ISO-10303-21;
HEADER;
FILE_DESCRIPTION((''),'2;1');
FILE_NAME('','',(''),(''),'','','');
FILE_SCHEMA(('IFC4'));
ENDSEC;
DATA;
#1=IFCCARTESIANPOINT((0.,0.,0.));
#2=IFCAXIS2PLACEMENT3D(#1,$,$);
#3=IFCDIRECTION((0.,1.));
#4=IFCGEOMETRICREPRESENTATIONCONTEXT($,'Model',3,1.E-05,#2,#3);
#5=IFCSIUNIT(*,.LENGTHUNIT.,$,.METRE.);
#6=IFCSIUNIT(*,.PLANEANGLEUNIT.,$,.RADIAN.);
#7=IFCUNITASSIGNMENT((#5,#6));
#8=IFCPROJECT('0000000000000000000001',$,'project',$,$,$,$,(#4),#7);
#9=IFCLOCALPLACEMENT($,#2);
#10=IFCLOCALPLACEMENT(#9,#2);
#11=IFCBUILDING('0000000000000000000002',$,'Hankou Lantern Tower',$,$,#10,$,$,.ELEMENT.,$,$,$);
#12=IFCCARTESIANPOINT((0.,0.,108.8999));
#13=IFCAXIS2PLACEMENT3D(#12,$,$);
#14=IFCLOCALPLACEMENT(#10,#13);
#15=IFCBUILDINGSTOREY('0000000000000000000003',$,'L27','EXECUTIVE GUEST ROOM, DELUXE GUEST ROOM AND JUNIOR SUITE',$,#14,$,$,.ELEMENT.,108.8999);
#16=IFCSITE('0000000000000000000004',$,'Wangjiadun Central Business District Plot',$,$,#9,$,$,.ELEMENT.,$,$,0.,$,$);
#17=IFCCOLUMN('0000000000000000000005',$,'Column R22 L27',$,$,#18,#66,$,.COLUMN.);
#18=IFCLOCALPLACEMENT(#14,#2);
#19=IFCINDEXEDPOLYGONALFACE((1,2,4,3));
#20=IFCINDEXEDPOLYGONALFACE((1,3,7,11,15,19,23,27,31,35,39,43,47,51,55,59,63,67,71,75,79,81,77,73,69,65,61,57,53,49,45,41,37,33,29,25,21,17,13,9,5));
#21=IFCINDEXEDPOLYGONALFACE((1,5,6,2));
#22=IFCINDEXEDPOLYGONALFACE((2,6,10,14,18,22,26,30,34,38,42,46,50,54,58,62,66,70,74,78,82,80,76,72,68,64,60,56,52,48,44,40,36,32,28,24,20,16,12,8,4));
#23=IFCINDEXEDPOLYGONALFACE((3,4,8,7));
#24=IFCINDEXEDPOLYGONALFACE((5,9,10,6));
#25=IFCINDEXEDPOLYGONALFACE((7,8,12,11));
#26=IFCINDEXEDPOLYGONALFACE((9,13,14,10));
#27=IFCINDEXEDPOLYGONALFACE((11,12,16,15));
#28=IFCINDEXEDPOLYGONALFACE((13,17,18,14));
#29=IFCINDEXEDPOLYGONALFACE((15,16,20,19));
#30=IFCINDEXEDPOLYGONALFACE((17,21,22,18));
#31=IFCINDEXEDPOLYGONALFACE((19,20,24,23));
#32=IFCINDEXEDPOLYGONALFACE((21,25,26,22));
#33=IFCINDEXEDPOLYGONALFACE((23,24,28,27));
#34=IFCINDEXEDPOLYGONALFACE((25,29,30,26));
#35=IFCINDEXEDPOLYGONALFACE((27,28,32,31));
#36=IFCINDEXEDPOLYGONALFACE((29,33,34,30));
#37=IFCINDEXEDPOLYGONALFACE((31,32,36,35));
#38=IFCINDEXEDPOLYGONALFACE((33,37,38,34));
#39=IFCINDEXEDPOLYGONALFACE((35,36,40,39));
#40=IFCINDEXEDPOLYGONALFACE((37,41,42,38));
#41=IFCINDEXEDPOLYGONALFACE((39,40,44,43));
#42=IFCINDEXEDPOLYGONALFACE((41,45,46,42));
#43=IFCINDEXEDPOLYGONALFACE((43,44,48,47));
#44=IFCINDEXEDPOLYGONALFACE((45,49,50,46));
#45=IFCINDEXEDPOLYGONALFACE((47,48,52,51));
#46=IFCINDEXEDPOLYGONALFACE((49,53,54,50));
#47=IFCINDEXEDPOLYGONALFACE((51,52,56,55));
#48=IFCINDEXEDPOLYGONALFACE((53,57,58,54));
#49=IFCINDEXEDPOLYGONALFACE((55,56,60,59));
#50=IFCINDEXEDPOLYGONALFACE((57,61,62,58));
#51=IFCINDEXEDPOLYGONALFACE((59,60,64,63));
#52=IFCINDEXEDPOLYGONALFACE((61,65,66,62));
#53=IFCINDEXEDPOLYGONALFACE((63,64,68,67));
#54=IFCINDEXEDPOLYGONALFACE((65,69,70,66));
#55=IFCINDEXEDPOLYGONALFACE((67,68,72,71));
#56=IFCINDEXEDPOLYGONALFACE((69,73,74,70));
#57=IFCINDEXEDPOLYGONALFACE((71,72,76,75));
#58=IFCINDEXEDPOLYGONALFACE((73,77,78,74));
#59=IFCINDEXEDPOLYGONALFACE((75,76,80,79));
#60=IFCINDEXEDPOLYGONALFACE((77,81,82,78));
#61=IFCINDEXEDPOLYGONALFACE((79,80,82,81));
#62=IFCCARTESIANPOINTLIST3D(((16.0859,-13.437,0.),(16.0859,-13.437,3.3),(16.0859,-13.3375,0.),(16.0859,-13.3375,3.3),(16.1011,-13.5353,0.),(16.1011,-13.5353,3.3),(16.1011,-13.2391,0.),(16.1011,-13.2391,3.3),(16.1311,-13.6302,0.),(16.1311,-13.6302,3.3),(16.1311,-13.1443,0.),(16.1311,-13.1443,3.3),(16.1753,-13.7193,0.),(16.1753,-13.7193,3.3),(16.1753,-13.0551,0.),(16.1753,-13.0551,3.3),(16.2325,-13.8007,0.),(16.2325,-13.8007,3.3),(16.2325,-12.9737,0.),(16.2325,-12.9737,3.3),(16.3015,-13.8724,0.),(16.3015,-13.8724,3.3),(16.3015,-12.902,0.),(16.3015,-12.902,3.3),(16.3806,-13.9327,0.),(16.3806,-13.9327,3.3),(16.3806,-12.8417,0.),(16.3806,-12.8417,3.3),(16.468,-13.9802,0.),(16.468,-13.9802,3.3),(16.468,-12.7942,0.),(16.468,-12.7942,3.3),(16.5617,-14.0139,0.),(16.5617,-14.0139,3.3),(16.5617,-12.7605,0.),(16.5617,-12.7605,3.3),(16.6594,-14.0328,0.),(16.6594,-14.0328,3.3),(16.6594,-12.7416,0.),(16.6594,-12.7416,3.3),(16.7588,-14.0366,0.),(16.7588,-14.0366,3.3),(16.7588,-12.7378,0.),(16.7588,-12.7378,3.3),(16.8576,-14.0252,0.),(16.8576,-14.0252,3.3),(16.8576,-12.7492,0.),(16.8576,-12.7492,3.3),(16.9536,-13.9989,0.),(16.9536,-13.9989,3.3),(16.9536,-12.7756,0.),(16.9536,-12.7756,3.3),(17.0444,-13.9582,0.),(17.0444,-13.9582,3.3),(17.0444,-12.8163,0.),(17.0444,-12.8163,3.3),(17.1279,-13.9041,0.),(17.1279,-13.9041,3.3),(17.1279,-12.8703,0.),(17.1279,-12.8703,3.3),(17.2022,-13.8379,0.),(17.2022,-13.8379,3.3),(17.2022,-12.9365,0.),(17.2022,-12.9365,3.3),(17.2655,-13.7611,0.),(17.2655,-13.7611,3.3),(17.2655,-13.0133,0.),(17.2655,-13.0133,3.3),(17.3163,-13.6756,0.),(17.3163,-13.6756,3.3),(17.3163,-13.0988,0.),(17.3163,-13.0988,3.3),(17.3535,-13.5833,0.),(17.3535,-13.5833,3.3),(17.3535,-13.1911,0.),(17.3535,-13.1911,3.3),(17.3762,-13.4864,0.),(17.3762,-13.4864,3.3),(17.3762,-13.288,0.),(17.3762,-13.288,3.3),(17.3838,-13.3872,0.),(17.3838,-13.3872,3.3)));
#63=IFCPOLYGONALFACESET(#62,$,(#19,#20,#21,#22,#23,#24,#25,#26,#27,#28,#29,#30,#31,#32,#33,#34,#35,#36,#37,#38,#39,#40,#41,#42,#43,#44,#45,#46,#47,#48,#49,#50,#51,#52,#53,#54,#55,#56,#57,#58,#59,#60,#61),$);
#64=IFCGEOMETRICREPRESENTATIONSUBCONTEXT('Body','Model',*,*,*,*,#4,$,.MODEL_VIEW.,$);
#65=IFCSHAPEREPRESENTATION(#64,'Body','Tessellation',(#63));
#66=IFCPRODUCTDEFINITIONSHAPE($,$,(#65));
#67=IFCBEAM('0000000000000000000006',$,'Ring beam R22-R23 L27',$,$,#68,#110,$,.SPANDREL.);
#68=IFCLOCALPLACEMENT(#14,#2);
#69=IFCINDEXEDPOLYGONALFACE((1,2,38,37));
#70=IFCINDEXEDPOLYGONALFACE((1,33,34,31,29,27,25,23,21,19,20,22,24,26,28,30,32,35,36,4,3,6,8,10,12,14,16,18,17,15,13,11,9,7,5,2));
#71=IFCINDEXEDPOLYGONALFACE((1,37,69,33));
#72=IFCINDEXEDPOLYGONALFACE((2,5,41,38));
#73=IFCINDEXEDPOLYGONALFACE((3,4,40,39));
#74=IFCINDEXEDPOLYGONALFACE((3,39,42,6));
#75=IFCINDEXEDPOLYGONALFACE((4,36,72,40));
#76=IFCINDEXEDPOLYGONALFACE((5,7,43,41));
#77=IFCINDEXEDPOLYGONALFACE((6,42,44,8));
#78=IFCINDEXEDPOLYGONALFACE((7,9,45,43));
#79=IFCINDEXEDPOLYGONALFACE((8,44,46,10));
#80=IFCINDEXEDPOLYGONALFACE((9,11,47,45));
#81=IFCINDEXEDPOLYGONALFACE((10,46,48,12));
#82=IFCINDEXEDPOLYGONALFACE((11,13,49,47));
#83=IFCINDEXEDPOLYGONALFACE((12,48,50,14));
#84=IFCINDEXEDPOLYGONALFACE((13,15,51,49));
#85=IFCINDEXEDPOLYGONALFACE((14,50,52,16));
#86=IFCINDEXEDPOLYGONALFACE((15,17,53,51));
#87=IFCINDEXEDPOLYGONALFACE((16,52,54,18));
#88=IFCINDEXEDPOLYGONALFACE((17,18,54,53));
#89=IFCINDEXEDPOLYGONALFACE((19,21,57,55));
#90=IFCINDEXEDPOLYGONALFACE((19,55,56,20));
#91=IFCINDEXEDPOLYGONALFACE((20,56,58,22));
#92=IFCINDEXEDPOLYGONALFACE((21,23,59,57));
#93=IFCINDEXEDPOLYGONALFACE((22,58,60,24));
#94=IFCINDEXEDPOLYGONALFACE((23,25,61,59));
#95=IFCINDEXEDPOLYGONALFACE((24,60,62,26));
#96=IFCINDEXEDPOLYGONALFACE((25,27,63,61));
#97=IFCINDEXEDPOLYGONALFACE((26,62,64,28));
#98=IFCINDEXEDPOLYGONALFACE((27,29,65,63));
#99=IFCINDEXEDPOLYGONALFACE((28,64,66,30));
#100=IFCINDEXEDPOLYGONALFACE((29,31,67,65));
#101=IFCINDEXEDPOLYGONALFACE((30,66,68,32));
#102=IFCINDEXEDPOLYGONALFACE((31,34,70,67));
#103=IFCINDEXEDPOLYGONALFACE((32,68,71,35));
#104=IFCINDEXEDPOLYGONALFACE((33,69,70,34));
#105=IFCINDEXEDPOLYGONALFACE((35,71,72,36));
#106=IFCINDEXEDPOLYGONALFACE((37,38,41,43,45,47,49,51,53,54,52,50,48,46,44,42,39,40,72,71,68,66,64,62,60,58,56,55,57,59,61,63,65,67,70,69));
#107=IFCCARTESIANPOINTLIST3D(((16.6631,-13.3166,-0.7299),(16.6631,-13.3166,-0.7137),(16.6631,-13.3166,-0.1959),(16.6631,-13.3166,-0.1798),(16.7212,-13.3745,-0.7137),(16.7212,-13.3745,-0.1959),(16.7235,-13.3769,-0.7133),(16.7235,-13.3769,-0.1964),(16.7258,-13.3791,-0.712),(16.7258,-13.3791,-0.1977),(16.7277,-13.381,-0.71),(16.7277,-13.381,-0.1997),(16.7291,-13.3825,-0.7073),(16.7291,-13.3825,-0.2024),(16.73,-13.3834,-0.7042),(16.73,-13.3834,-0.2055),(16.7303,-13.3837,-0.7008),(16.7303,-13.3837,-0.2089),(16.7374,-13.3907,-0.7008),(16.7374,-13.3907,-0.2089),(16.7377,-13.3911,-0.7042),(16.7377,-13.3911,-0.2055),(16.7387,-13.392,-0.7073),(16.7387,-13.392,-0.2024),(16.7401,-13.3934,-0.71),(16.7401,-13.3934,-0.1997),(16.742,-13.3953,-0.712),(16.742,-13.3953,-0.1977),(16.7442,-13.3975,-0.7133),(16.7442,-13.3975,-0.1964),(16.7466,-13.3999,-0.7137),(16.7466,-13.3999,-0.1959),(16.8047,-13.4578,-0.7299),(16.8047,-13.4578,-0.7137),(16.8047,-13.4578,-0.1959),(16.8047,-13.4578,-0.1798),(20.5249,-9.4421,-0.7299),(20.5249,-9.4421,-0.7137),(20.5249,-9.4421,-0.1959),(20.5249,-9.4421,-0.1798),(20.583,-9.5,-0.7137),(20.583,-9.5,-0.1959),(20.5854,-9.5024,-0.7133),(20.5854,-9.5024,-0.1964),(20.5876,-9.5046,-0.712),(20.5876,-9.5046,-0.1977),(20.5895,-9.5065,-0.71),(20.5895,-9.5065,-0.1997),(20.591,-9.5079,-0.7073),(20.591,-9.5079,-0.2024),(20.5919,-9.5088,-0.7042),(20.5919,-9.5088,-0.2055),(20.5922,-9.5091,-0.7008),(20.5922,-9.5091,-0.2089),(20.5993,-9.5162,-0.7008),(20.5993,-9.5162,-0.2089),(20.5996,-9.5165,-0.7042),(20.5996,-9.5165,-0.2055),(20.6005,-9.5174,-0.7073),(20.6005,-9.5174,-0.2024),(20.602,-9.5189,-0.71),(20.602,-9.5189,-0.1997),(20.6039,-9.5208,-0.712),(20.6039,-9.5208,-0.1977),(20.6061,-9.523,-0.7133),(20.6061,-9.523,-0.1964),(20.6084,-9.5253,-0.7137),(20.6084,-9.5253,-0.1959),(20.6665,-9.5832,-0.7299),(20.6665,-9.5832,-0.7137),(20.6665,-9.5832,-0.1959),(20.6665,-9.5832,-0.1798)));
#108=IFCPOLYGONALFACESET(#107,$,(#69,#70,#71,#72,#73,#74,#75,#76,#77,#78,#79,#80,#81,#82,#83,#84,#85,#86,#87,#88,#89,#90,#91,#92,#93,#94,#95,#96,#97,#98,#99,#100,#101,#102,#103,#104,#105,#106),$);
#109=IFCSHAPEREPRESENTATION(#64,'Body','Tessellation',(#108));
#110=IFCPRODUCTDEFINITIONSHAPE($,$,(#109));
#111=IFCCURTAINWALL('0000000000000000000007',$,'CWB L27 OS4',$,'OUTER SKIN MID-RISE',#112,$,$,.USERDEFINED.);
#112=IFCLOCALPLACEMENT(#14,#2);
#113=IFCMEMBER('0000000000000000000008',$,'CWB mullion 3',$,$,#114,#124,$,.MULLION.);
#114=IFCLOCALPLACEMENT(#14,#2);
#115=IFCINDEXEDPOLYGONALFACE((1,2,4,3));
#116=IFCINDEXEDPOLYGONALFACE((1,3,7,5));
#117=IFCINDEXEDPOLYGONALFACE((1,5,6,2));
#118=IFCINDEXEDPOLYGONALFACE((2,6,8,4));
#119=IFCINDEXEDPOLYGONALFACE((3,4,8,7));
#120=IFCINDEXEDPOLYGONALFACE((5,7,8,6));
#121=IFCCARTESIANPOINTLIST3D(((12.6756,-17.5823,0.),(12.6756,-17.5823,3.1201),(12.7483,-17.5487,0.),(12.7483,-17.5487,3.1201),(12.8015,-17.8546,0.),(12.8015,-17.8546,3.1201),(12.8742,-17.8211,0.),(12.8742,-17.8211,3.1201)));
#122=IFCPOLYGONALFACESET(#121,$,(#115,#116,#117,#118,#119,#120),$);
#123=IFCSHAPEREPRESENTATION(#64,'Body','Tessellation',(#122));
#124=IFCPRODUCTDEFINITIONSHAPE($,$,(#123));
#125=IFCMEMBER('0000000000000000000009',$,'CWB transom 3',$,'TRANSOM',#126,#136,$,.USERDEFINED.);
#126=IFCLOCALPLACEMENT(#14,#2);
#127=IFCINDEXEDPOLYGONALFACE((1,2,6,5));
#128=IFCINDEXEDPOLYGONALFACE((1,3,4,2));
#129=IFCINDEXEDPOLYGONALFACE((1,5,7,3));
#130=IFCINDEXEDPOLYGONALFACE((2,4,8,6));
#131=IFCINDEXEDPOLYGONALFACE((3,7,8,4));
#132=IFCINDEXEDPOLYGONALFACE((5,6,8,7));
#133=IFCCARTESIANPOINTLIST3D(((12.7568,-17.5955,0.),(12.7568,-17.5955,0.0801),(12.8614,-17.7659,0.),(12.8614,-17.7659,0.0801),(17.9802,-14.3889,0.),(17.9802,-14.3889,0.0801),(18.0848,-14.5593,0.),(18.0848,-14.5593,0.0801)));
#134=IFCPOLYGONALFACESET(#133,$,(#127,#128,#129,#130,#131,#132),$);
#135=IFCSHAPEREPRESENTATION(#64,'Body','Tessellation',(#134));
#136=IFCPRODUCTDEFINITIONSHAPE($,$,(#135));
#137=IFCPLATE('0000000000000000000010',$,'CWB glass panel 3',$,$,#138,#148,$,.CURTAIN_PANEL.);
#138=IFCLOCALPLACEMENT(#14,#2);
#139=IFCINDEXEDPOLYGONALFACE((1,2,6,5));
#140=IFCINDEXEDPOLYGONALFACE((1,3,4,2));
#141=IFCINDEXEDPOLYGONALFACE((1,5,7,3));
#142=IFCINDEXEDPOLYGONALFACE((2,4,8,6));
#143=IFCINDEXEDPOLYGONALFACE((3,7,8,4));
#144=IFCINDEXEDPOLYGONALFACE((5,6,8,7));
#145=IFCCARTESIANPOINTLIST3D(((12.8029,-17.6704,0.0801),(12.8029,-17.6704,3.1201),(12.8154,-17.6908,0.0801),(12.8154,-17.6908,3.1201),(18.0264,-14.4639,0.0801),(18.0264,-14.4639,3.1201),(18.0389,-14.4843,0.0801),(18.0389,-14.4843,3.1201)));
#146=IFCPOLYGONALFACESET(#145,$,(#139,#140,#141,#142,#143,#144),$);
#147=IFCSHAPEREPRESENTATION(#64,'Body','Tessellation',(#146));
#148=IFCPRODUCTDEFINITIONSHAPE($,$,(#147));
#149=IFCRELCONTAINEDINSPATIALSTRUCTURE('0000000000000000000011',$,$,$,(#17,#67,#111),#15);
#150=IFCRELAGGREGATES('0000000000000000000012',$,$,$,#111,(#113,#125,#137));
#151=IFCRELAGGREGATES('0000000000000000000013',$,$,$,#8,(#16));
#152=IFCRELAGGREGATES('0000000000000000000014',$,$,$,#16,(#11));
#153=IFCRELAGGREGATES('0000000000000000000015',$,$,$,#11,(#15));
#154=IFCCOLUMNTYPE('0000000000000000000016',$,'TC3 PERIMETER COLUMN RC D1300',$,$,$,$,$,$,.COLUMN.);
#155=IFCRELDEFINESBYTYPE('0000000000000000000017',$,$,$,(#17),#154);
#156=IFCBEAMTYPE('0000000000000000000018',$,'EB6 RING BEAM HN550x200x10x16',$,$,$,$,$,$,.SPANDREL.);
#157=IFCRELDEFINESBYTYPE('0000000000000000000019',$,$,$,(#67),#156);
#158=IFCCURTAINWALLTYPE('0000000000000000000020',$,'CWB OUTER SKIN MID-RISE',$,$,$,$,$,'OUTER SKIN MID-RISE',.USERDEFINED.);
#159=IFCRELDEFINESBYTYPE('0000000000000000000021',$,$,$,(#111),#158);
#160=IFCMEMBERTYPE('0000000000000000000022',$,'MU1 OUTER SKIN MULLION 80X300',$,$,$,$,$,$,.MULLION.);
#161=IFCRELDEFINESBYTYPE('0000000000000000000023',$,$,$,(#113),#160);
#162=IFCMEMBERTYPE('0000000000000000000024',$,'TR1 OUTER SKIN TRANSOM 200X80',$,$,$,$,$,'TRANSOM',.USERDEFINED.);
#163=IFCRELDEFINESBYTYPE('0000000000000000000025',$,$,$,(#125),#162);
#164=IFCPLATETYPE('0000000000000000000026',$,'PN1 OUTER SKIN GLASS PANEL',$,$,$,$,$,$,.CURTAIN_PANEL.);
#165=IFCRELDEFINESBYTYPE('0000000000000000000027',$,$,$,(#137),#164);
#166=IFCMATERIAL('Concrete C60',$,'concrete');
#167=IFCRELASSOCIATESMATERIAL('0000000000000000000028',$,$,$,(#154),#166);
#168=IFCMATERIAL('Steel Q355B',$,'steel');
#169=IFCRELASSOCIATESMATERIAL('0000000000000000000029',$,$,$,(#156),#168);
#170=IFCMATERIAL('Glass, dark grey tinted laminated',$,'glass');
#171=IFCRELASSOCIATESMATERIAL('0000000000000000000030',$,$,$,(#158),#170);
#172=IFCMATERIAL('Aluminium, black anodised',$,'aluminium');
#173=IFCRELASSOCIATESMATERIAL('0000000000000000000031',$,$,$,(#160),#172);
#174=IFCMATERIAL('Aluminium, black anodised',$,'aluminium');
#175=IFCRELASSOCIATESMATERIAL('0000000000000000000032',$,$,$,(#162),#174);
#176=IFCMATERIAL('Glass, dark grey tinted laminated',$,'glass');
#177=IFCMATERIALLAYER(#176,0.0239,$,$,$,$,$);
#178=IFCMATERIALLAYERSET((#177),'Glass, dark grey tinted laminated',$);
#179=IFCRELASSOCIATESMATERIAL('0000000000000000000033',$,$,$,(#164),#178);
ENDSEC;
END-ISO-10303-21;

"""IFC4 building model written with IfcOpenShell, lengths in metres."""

from ifc_helpers import new_model, si_unit, direction, frame, origin, origin_2d, place, context, subcontext, project, spatial, rectangle, circle, i_section, extrude, material, layer, layer_set, material_profile, profile_set, type_object, element, aggregate, save


model = new_model("IFC4")

# Units and contexts
model_context = context("Model", 3, precision=1e-05, world=origin(), true_north=direction((0.0, 1.0)))
body_context = subcontext(model_context, "Body", "Model", "MODEL_VIEW")
ifc_project = project(units=[si_unit("LENGTHUNIT", "METRE"), si_unit("PLANEANGLEUNIT", "RADIAN")], contexts=[model_context])

# Site, building, storey
site_placement = place(None, origin())
site = spatial("IfcSite", under=ifc_project, at=site_placement, Name="Wangjiadun Central Business District Plot", CompositionType="ELEMENT", RefElevation=0.0)
building_placement = place(site_placement, origin())
building = spatial("IfcBuilding", under=site, at=building_placement, Name="Hankou Lantern Tower", CompositionType="ELEMENT")
storey_placement = place(building_placement, frame((0.0, 0.0, 108.8999)))
storey = spatial("IfcBuildingStorey", under=building, at=storey_placement, Name="L27", Description="EXECUTIVE GUEST ROOM, DELUXE GUEST ROOM AND JUNIOR SUITE", CompositionType="ELEMENT", Elevation=108.8999)

# Column
ifc_material_1 = material(Name="Concrete C60", Category="concrete")
ifc_material_profile_1 = material_profile(ifc_material_1, circle(Radius=0.6499, at=origin_2d()), Name="RC D1300")
ifc_profile_set_1 = profile_set([ifc_material_profile_1], Name="Concrete C60")
column_type = type_object("IfcColumnType", Name="TC3 PERIMETER COLUMN RC D1300", PredefinedType="COLUMN", material=ifc_profile_set_1)
column_placement = place(storey_placement, frame((16.7339, -13.3872, 0.0), z_axis=(0.0, 0.0, 1.0), x_axis=(1.0, 0.0, 0.0)))
element("IfcColumn", 1, at=column_placement, inside=storey, type_object=column_type, Name="Column R22 L27", PredefinedType="COLUMN", context=body_context, shape_type="SweptSolid", body=[
    extrude(circle(Radius=0.6499, at=origin_2d()), origin(), (0.0, 0.0, 1.0), 3.3),
])

# Beam
ifc_material_2 = material(Name="Steel Q355B", Category="steel")
ifc_material_profile_2 = material_profile(ifc_material_2, i_section(OverallWidth=0.2, OverallDepth=0.55, WebThickness=0.01, FlangeThickness=0.0161, FilletRadius=0.0129, at=origin_2d()), Name="HN550x200x10x16")
ifc_profile_set_2 = profile_set([ifc_material_profile_2], Name="Steel Q355B")
beam_type = type_object("IfcBeamType", Name="EB6 RING BEAM HN550x200x10x16", PredefinedType="SPANDREL", material=ifc_profile_set_2)
beam_placement = place(storey_placement, frame((16.7339, -13.3872, -0.4548), z_axis=(0.705945, 0.708266, 0.0), x_axis=(-0.708266, 0.705945, 0.0)))
element("IfcBeam", 2, at=beam_placement, inside=storey, type_object=beam_type, Name="Ring beam R22-R23 L27", PredefinedType="SPANDREL", context=body_context, shape_type="SweptSolid", body=[
    extrude(i_section(OverallWidth=0.2, OverallDepth=0.55, WebThickness=0.01, FlangeThickness=0.0161, FilletRadius=0.0129, at=origin_2d()), origin(), (0.0, 0.0, 1.0), 5.4705),
])

# Curtain wall, members, plate
ifc_material_3 = material(Name="Glass, dark grey tinted laminated", Category="glass")
curtain_wall_type = type_object("IfcCurtainWallType", Name="CWB OUTER SKIN MID-RISE", ElementType="OUTER SKIN MID-RISE", PredefinedType="USERDEFINED", material=ifc_material_3)
curtain_wall_placement = place(storey_placement, origin())
curtain_wall = element("IfcCurtainWall", 3, at=curtain_wall_placement, inside=storey, type_object=curtain_wall_type, Name="CWB L27 OS4", ObjectType="OUTER SKIN MID-RISE", PredefinedType="USERDEFINED")
ifc_material_4 = material(Name="Aluminium, black anodised", Category="aluminium")
ifc_material_profile_3 = material_profile(ifc_material_4, rectangle(XDim=0.0801, YDim=0.3, at=origin_2d()), Name="MU1 80X300")
ifc_profile_set_3 = profile_set([ifc_material_profile_3], Name="Aluminium, black anodised")
member_type_1 = type_object("IfcMemberType", Name="MU1 OUTER SKIN MULLION 80X300", PredefinedType="MULLION", material=ifc_profile_set_3)
member_1_placement = place(storey_placement, frame((12.7749, -17.7017, 0.0), z_axis=(0.0, 0.0, 1.0), x_axis=(0.907841, 0.419314, 0.0)))
member_1 = element("IfcMember", 4, at=member_1_placement, type_object=member_type_1, Name="CWB mullion 3", PredefinedType="MULLION", context=body_context, shape_type="SweptSolid", body=[
    extrude(rectangle(XDim=0.0801, YDim=0.3, at=origin_2d()), origin(), (0.0, 0.0, 1.0), 3.1201),
])
ifc_material_5 = material(Name="Aluminium, black anodised", Category="aluminium")
ifc_material_profile_4 = material_profile(ifc_material_5, rectangle(XDim=0.2, YDim=0.0801, at=origin_2d()), Name="TR1 200X80")
ifc_profile_set_4 = profile_set([ifc_material_profile_4], Name="Aluminium, black anodised")
member_type_2 = type_object("IfcMemberType", Name="TR1 OUTER SKIN TRANSOM 200X80", ElementType="TRANSOM", PredefinedType="USERDEFINED", material=ifc_profile_set_4)
member_2_placement = place(storey_placement, frame((12.8091, -17.6807, 0.04), z_axis=(0.852229, 0.523168, 0.0), x_axis=(-0.523168, 0.852229, 0.0)))
member_2 = element("IfcMember", 5, at=member_2_placement, type_object=member_type_2, Name="CWB transom 3", ObjectType="TRANSOM", PredefinedType="USERDEFINED", context=body_context, shape_type="SweptSolid", body=[
    extrude(rectangle(XDim=0.2, YDim=0.0801, at=origin_2d()), origin(), (0.0, 0.0, 1.0), 6.1292),
])
ifc_material_6 = material(Name="Glass, dark grey tinted laminated", Category="glass")
ifc_layer_1 = layer(ifc_material_6, 0.0239)
ifc_layer_set_1 = layer_set([ifc_layer_1], Name="Glass, dark grey tinted laminated")
plate_type = type_object("IfcPlateType", Name="PN1 OUTER SKIN GLASS PANEL", PredefinedType="CURTAIN_PANEL", material=ifc_layer_set_1)
plate_placement = place(storey_placement, frame((15.4209, -16.0774, 0.0801), z_axis=(0.0, 0.0, 1.0), x_axis=(0.852237, 0.523156, 0.0)))
plate = element("IfcPlate", 6, at=plate_placement, type_object=plate_type, Name="CWB glass panel 3", PredefinedType="CURTAIN_PANEL", context=body_context, shape_type="SweptSolid", body=[
    extrude(rectangle(XDim=6.1292, YDim=0.0239, at=origin_2d()), origin(), (0.0, 0.0, 1.0), 3.04),
])
aggregate(curtain_wall, [member_1, member_2, plate])

save(model, "model.ifc")
